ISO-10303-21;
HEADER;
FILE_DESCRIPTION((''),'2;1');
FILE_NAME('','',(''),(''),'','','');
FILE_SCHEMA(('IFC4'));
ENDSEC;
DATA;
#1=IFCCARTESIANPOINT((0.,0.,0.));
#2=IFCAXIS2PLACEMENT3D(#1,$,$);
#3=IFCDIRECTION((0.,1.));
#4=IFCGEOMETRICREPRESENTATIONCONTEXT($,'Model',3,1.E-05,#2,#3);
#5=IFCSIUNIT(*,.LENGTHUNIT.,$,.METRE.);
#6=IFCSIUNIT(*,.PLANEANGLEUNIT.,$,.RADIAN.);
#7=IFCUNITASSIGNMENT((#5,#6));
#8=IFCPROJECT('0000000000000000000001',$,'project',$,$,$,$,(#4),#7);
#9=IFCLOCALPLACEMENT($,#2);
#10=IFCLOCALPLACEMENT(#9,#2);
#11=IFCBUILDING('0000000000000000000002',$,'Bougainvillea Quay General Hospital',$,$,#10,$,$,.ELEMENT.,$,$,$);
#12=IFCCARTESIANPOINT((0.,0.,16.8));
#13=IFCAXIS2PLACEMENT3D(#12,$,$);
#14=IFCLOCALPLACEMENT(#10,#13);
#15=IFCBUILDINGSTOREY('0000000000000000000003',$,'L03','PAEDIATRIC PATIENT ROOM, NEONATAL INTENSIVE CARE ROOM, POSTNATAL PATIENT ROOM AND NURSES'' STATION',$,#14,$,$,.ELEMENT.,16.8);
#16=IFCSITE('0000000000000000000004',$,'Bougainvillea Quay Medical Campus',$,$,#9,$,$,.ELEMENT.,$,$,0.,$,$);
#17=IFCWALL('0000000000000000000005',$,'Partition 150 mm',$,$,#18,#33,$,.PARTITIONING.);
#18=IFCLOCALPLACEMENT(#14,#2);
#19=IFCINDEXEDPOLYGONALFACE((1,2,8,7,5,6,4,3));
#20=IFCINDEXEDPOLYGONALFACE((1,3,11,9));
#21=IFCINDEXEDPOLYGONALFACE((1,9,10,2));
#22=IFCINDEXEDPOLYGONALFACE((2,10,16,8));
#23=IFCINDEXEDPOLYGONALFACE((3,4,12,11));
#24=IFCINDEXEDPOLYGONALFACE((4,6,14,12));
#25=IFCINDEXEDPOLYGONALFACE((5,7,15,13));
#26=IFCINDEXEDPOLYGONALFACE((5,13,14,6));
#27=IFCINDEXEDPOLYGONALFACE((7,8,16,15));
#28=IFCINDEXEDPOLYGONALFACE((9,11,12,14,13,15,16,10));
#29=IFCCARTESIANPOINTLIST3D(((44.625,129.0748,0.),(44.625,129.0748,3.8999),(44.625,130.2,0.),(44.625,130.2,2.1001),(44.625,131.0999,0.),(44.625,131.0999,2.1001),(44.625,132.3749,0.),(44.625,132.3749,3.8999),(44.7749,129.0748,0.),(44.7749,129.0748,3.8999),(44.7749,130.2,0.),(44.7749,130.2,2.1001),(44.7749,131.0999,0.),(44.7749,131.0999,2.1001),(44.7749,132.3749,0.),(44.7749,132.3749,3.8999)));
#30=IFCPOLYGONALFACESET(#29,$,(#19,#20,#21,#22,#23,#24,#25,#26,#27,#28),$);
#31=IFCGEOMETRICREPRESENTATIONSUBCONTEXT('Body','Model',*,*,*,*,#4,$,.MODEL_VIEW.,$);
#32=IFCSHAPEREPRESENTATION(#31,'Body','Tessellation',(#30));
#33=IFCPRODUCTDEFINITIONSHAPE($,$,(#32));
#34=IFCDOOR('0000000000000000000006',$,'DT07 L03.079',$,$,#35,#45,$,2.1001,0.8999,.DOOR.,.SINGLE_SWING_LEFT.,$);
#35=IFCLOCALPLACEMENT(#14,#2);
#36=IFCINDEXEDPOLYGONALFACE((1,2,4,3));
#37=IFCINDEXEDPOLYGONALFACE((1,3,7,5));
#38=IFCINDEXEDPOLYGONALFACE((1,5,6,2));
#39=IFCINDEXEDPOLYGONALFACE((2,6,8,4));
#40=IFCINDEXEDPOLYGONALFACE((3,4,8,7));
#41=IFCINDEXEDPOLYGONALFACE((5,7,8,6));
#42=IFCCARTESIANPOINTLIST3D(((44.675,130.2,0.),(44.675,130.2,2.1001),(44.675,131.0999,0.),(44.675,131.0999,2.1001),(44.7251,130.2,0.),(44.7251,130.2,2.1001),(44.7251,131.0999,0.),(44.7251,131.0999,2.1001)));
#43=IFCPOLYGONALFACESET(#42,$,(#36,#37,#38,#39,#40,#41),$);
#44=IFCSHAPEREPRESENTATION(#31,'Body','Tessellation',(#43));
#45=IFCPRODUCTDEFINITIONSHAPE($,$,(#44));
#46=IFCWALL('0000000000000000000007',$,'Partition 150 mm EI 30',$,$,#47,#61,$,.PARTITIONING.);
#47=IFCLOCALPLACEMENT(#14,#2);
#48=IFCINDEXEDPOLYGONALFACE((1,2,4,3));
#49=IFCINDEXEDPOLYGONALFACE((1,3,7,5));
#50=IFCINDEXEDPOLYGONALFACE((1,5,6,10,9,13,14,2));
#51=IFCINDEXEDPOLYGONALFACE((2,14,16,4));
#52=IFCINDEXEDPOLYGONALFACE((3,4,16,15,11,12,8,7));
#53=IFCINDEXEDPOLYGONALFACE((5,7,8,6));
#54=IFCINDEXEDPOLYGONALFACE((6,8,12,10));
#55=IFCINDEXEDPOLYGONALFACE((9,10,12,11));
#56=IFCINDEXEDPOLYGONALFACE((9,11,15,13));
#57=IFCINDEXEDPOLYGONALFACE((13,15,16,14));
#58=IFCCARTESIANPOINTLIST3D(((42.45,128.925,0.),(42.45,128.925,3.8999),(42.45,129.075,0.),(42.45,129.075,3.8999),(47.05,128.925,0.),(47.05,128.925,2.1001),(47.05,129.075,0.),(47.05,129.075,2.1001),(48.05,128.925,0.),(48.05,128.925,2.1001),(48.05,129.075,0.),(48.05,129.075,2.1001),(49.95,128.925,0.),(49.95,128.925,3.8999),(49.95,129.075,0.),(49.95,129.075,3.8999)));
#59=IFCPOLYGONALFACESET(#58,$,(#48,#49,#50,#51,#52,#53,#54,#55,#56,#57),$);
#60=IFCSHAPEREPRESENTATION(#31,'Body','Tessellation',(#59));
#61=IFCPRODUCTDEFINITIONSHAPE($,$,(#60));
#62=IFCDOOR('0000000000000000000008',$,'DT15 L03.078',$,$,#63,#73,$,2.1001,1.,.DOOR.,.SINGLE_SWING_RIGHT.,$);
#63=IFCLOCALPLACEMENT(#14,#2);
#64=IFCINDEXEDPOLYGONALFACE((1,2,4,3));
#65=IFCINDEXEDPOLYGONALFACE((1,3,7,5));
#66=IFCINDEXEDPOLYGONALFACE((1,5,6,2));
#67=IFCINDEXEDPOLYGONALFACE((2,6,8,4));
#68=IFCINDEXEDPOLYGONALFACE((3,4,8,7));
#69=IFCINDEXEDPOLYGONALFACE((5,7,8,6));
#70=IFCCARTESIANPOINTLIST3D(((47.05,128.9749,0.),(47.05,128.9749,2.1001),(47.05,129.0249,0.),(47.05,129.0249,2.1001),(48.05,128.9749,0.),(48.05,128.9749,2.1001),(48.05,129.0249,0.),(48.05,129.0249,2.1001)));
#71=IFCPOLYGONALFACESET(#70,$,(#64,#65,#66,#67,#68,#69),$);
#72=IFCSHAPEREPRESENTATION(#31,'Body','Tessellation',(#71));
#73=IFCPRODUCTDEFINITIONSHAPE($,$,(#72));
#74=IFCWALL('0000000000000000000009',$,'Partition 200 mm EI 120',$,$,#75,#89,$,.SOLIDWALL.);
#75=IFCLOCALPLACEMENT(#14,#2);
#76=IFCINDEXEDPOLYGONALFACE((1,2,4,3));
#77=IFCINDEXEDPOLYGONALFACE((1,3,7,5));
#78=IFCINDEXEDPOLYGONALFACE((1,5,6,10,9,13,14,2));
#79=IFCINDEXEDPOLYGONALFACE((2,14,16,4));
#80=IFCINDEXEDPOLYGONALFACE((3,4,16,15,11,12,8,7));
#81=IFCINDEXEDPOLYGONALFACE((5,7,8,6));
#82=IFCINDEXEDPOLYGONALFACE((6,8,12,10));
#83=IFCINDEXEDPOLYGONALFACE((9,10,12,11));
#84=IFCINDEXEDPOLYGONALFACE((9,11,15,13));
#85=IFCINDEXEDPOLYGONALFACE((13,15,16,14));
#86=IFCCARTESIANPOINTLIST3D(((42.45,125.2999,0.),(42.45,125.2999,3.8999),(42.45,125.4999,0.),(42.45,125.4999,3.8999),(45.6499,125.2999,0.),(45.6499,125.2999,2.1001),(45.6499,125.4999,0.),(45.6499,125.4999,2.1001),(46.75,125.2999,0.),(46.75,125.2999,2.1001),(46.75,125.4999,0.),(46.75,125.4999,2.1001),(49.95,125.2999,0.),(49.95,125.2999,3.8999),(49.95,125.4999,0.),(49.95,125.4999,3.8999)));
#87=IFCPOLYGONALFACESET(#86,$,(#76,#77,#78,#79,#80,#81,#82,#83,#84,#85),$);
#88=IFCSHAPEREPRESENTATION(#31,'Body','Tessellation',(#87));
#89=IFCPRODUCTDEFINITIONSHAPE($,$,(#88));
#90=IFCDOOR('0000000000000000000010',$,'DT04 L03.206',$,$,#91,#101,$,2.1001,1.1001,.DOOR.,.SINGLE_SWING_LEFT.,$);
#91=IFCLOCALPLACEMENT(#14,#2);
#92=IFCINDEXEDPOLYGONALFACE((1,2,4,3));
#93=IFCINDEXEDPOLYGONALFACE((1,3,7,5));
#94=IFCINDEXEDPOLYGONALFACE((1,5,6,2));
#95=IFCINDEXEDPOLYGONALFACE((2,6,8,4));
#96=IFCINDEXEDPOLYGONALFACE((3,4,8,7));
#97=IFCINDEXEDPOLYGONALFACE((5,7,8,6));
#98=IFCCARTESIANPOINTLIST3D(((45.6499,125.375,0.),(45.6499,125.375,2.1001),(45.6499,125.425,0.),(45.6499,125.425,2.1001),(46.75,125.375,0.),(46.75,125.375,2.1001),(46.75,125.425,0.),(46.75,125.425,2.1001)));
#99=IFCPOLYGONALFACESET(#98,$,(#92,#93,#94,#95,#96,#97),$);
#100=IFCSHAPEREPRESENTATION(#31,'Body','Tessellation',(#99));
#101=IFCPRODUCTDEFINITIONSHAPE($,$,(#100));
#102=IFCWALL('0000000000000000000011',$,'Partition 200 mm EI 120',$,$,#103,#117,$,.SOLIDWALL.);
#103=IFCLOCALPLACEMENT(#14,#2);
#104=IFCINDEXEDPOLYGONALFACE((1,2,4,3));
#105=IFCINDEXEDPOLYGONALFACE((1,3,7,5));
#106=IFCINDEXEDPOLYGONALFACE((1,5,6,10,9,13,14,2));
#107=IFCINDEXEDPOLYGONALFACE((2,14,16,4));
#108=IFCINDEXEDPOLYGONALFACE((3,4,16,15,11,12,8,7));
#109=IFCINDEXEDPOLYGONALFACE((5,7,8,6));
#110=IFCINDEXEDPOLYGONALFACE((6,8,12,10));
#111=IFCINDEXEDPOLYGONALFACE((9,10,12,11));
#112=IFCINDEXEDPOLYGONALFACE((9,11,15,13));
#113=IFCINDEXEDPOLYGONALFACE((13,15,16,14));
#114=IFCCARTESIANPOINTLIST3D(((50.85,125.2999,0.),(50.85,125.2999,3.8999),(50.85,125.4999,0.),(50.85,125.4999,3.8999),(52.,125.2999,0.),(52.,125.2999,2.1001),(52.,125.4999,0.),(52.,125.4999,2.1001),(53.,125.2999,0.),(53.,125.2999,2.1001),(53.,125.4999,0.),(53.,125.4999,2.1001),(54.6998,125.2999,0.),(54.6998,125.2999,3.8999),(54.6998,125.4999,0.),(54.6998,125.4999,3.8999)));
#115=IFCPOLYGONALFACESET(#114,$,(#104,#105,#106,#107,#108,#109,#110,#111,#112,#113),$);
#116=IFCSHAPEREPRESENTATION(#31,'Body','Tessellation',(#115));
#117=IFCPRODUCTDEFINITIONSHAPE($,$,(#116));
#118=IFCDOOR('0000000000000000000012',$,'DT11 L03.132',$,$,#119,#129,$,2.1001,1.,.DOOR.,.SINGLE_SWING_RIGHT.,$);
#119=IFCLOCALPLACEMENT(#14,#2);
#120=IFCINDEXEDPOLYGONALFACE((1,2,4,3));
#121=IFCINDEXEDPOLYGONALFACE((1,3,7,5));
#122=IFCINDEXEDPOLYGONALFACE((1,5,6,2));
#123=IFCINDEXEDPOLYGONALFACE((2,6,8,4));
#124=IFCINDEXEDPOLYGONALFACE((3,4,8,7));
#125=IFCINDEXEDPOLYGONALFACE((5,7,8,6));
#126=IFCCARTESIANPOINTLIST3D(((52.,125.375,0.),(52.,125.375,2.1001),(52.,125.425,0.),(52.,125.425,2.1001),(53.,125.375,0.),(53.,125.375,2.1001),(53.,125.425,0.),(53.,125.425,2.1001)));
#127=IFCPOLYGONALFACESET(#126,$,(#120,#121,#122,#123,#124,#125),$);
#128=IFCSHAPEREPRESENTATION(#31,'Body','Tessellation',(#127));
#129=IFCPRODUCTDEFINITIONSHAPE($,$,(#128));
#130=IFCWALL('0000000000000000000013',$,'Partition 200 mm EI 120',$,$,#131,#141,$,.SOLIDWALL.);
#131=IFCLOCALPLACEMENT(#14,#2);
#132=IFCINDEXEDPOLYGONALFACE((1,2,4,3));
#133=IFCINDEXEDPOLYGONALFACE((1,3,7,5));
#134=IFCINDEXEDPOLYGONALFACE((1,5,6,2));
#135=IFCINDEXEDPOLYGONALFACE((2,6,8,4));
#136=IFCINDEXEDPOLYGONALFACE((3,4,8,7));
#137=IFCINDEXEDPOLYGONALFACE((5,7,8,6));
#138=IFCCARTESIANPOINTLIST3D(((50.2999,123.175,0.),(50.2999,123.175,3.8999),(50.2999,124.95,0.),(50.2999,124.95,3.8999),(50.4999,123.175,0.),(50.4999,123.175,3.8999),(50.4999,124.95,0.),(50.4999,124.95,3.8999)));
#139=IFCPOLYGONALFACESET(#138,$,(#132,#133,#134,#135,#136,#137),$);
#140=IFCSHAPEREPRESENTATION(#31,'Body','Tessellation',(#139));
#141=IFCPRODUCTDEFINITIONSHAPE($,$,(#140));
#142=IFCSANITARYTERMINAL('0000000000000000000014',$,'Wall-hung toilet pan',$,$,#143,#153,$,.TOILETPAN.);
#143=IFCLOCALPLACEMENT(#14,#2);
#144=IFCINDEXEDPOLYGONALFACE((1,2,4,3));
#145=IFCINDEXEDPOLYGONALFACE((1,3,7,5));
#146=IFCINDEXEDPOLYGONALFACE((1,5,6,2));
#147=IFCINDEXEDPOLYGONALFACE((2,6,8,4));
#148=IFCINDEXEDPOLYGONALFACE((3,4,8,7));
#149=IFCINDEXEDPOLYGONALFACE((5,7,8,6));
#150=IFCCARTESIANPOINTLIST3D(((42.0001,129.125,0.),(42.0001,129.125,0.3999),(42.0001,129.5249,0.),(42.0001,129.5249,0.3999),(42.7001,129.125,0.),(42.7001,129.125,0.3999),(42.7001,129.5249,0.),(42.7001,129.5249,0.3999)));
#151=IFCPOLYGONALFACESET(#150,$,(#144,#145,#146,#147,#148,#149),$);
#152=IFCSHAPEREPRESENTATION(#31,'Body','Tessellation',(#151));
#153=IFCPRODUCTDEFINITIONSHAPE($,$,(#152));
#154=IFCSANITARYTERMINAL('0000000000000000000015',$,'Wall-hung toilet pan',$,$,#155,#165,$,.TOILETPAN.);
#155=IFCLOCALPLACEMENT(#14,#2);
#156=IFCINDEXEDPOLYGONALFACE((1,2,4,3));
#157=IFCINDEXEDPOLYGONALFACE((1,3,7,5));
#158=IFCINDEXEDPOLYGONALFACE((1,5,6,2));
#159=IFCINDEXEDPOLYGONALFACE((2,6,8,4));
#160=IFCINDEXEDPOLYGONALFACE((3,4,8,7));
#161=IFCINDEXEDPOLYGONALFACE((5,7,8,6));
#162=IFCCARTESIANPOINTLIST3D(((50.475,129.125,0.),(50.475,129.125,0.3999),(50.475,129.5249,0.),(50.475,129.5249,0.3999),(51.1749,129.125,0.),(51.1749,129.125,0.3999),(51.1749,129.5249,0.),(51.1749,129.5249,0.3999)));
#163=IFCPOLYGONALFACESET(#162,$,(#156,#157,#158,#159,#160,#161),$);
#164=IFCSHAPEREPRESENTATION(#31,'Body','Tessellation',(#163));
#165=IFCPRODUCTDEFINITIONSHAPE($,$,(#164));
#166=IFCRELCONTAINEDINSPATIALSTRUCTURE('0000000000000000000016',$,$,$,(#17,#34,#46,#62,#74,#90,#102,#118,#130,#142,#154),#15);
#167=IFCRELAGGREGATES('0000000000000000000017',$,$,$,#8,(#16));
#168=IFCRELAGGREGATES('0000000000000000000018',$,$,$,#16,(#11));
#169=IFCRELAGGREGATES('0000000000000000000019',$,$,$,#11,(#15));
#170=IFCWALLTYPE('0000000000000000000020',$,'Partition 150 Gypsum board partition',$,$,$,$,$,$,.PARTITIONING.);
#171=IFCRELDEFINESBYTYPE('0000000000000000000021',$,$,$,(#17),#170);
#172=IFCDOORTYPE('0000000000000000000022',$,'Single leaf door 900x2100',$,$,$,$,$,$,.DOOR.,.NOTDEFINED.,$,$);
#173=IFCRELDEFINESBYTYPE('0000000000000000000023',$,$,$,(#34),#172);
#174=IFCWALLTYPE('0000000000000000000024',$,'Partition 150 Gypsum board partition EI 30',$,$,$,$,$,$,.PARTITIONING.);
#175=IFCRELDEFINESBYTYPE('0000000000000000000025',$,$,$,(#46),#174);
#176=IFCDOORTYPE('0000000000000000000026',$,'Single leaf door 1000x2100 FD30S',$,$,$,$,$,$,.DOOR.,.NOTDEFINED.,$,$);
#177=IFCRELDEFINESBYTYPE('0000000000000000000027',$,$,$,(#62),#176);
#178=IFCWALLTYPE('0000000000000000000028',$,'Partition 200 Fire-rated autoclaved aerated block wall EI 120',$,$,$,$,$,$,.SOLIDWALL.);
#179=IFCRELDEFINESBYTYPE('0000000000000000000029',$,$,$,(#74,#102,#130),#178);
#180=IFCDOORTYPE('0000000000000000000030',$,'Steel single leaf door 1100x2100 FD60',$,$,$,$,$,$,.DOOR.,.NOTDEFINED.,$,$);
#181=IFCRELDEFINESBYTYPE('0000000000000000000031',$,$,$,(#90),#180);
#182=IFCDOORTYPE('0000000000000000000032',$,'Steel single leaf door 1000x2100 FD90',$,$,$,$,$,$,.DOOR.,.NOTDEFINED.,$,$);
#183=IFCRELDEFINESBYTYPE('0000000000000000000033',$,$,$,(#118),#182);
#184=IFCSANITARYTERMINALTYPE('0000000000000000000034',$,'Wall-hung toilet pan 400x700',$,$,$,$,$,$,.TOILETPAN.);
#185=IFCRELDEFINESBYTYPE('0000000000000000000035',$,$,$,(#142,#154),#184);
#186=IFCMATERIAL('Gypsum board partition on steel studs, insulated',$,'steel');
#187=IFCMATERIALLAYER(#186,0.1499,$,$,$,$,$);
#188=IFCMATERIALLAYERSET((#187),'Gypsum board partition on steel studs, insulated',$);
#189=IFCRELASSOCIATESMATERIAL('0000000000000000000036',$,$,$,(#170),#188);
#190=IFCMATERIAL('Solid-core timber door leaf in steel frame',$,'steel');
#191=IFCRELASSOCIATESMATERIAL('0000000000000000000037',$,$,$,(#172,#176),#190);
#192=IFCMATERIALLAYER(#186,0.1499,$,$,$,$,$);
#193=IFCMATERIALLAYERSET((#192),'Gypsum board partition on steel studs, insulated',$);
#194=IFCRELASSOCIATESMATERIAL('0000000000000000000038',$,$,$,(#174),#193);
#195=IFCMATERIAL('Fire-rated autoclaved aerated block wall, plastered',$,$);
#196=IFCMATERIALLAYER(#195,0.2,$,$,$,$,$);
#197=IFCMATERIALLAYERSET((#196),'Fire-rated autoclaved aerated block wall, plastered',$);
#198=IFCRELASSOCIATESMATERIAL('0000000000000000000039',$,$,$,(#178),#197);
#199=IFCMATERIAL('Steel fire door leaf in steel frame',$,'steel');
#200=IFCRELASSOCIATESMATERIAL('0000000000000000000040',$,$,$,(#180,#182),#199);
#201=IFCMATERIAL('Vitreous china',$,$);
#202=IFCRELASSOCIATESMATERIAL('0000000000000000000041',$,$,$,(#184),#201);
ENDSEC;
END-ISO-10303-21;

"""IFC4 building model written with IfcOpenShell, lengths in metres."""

from ifc_helpers import new_model, si_unit, direction, frame, frame_2d, origin, origin_2d, place, context, subcontext, project, spatial, rectangle, extrude, material, layer, layer_set, type_object, element, fill, save


model = new_model("IFC4")

# Units and contexts
model_context = context("Model", 3, precision=1e-05, world=origin(), true_north=direction((0.0, 1.0)))
body_context = subcontext(model_context, "Body", "Model", "MODEL_VIEW")
ifc_project = project(units=[si_unit("LENGTHUNIT", "METRE"), si_unit("PLANEANGLEUNIT", "RADIAN")], contexts=[model_context])

# Site, building, storey
site_placement = place(None, origin())
site = spatial("IfcSite", under=ifc_project, at=site_placement, Name="Bougainvillea Quay Medical Campus", CompositionType="ELEMENT", RefElevation=0.0)
building_placement = place(site_placement, origin())
building = spatial("IfcBuilding", under=site, at=building_placement, Name="Bougainvillea Quay General Hospital", CompositionType="ELEMENT")
storey_placement = place(building_placement, frame((0.0, 0.0, 16.8)))
storey = spatial("IfcBuildingStorey", under=building, at=storey_placement, Name="L03", Description="PAEDIATRIC PATIENT ROOM, NEONATAL INTENSIVE CARE ROOM, POSTNATAL PATIENT ROOM AND NURSES' STATION", CompositionType="ELEMENT", Elevation=16.8)

# Shared definitions
ifc_material_1 = material(Name="Gypsum board partition on steel studs, insulated", Category="steel")
ifc_layer_1 = layer(ifc_material_1, 0.1499)
ifc_layer_set_1 = layer_set([ifc_layer_1], Name="Gypsum board partition on steel studs, insulated")
wall_type_1 = type_object("IfcWallType", Name="Partition 150 Gypsum board partition", PredefinedType="PARTITIONING", material=ifc_layer_set_1)

# Walls, openings, doors
wall_1_placement = place(storey_placement, frame((44.7, 129.075, 0.0), z_axis=(0.0, 0.0, 1.0), x_axis=(0.0, 1.0, 0.0)))
wall_1 = element("IfcWall", 1, at=wall_1_placement, inside=storey, type_object=wall_type_1, Name="Partition 150 mm", PredefinedType="PARTITIONING", context=body_context, shape_type="SweptSolid", body=[
    extrude(rectangle(XDim=3.3, YDim=0.1499, at=frame_2d((1.6499, 0.0))), origin(), (0.0, 0.0, 1.0), 3.8999),
])
opening_1_placement = place(wall_1_placement, frame((1.125, 0.0, 0.0)))
opening_1 = element("IfcOpeningElement", 2, at=opening_1_placement, cuts=wall_1, PredefinedType="OPENING", context=body_context, shape_type="SweptSolid", body=[
    extrude(rectangle(XDim=0.8999, YDim=2.1001, at=frame_2d((0.45, 1.05))), frame((0.0, 0.085, 0.0), z_axis=(0.0, -1.0, 0.0), x_axis=(1.0, 0.0, 0.0)), (0.0, 0.0, 1.0), 0.1699),
])
ifc_material_2 = material(Name="Solid-core timber door leaf in steel frame", Category="steel")
door_type_1 = type_object("IfcDoorType", Name="Single leaf door 900x2100", OperationType="NOTDEFINED", PredefinedType="DOOR", material=ifc_material_2)
door_1_placement = place(opening_1_placement, origin())
door_1 = element("IfcDoor", 3, at=door_1_placement, inside=storey, type_object=door_type_1, Name="DT07 L03.079", OperationType="SINGLE_SWING_LEFT", OverallHeight=2.1001, OverallWidth=0.8999, PredefinedType="DOOR", context=body_context, shape_type="SweptSolid", body=[
    extrude(rectangle(XDim=0.8999, YDim=2.1001, at=frame_2d((0.45, 1.05))), frame((0.0, 0.0249, 0.0), z_axis=(0.0, -1.0, 0.0), x_axis=(1.0, 0.0, 0.0)), (0.0, 0.0, 1.0), 0.05),
])
fill(opening_1, door_1)
ifc_layer_2 = layer(ifc_material_1, 0.1499)
ifc_layer_set_2 = layer_set([ifc_layer_2], Name="Gypsum board partition on steel studs, insulated")
wall_type_2 = type_object("IfcWallType", Name="Partition 150 Gypsum board partition EI 30", PredefinedType="PARTITIONING", material=ifc_layer_set_2)
wall_2_placement = place(storey_placement, frame((49.95, 129.0, 0.0), z_axis=(0.0, 0.0, 1.0), x_axis=(-1.0, 0.0, 0.0)))
wall_2 = element("IfcWall", 4, at=wall_2_placement, inside=storey, type_object=wall_type_2, Name="Partition 150 mm EI 30", PredefinedType="PARTITIONING", context=body_context, shape_type="SweptSolid", body=[
    extrude(rectangle(XDim=7.5, YDim=0.1499, at=frame_2d((3.75, 0.0))), origin(), (0.0, 0.0, 1.0), 3.8999),
])
opening_2_placement = place(wall_2_placement, frame((1.8999, 0.0, 0.0)))
opening_2 = element("IfcOpeningElement", 5, at=opening_2_placement, cuts=wall_2, PredefinedType="OPENING", context=body_context, shape_type="SweptSolid", body=[
    extrude(rectangle(XDim=1.0, YDim=2.1001, at=frame_2d((0.5, 1.05))), frame((0.0, 0.085, 0.0), z_axis=(0.0, -1.0, 0.0), x_axis=(1.0, 0.0, 0.0)), (0.0, 0.0, 1.0), 0.1699),
])
door_type_2 = type_object("IfcDoorType", Name="Single leaf door 1000x2100 FD30S", OperationType="NOTDEFINED", PredefinedType="DOOR", material=ifc_material_2)
door_2_placement = place(opening_2_placement, frame((1.0, 0.0, 0.0), z_axis=(0.0, 0.0, 1.0), x_axis=(-1.0, 0.0, 0.0)))
door_2 = element("IfcDoor", 6, at=door_2_placement, inside=storey, type_object=door_type_2, Name="DT15 L03.078", OperationType="SINGLE_SWING_RIGHT", OverallHeight=2.1001, OverallWidth=1.0, PredefinedType="DOOR", context=body_context, shape_type="SweptSolid", body=[
    extrude(rectangle(XDim=1.0, YDim=2.1001, at=frame_2d((0.5, 1.05))), frame((0.0, 0.0249, 0.0), z_axis=(0.0, -1.0, 0.0), x_axis=(1.0, 0.0, 0.0)), (0.0, 0.0, 1.0), 0.05),
])
fill(opening_2, door_2)
ifc_material_3 = material(Name="Fire-rated autoclaved aerated block wall, plastered")
ifc_layer_3 = layer(ifc_material_3, 0.2)
ifc_layer_set_3 = layer_set([ifc_layer_3], Name="Fire-rated autoclaved aerated block wall, plastered")
wall_type_3 = type_object("IfcWallType", Name="Partition 200 Fire-rated autoclaved aerated block wall EI 120", PredefinedType="SOLIDWALL", material=ifc_layer_set_3)
wall_3_placement = place(storey_placement, frame((42.45, 125.3999, 0.0), z_axis=(0.0, 0.0, 1.0), x_axis=(1.0, 0.0, 0.0)))
wall_3 = element("IfcWall", 7, at=wall_3_placement, inside=storey, type_object=wall_type_3, Name="Partition 200 mm EI 120", PredefinedType="SOLIDWALL", context=body_context, shape_type="SweptSolid", body=[
    extrude(rectangle(XDim=7.5, YDim=0.2, at=frame_2d((3.75, 0.0))), origin(), (0.0, 0.0, 1.0), 3.8999),
])
opening_3_placement = place(wall_3_placement, frame((3.2, 0.0, 0.0)))
opening_3 = element("IfcOpeningElement", 8, at=opening_3_placement, cuts=wall_3, PredefinedType="OPENING", context=body_context, shape_type="SweptSolid", body=[
    extrude(rectangle(XDim=1.1001, YDim=2.1001, at=frame_2d((0.55, 1.05))), frame((0.0, 0.1099, 0.0), z_axis=(0.0, -1.0, 0.0), x_axis=(1.0, 0.0, 0.0)), (0.0, 0.0, 1.0), 0.22),
])
ifc_material_4 = material(Name="Steel fire door leaf in steel frame", Category="steel")
door_type_3 = type_object("IfcDoorType", Name="Steel single leaf door 1100x2100 FD60", OperationType="NOTDEFINED", PredefinedType="DOOR", material=ifc_material_4)
door_3_placement = place(opening_3_placement, frame((1.1001, 0.0, 0.0), z_axis=(0.0, 0.0, 1.0), x_axis=(-1.0, 0.0, 0.0)))
door_3 = element("IfcDoor", 9, at=door_3_placement, inside=storey, type_object=door_type_3, Name="DT04 L03.206", OperationType="SINGLE_SWING_LEFT", OverallHeight=2.1001, OverallWidth=1.1001, PredefinedType="DOOR", context=body_context, shape_type="SweptSolid", body=[
    extrude(rectangle(XDim=1.1001, YDim=2.1001, at=frame_2d((0.55, 1.05))), frame((0.0, 0.0249, 0.0), z_axis=(0.0, -1.0, 0.0), x_axis=(1.0, 0.0, 0.0)), (0.0, 0.0, 1.0), 0.05),
])
fill(opening_3, door_3)
wall_4_placement = place(storey_placement, frame((50.8501, 125.3999, 0.0), z_axis=(0.0, 0.0, 1.0), x_axis=(1.0, 0.0, 0.0)))
wall_4 = element("IfcWall", 10, at=wall_4_placement, inside=storey, type_object=wall_type_3, Name="Partition 200 mm EI 120", PredefinedType="SOLIDWALL", context=body_context, shape_type="SweptSolid", body=[
    extrude(rectangle(XDim=3.8499, YDim=0.2, at=frame_2d((1.9248, 0.0))), origin(), (0.0, 0.0, 1.0), 3.8999),
])
opening_4_placement = place(wall_4_placement, frame((1.1499, 0.0, 0.0)))
opening_4 = element("IfcOpeningElement", 11, at=opening_4_placement, cuts=wall_4, PredefinedType="OPENING", context=body_context, shape_type="SweptSolid", body=[
    extrude(rectangle(XDim=1.0, YDim=2.1001, at=frame_2d((0.5, 1.05))), frame((0.0, 0.1099, 0.0), z_axis=(0.0, -1.0, 0.0), x_axis=(1.0, 0.0, 0.0)), (0.0, 0.0, 1.0), 0.22),
])
door_type_4 = type_object("IfcDoorType", Name="Steel single leaf door 1000x2100 FD90", OperationType="NOTDEFINED", PredefinedType="DOOR", material=ifc_material_4)
door_4_placement = place(opening_4_placement, frame((1.0, 0.0, 0.0), z_axis=(0.0, 0.0, 1.0), x_axis=(-1.0, 0.0, 0.0)))
door_4 = element("IfcDoor", 12, at=door_4_placement, inside=storey, type_object=door_type_4, Name="DT11 L03.132", OperationType="SINGLE_SWING_RIGHT", OverallHeight=2.1001, OverallWidth=1.0, PredefinedType="DOOR", context=body_context, shape_type="SweptSolid", body=[
    extrude(rectangle(XDim=1.0, YDim=2.1001, at=frame_2d((0.5, 1.05))), frame((0.0, 0.0249, 0.0), z_axis=(0.0, -1.0, 0.0), x_axis=(1.0, 0.0, 0.0)), (0.0, 0.0, 1.0), 0.05),
])
fill(opening_4, door_4)

# Wall
wall_5_placement = place(storey_placement, frame((50.3999, 123.175, 0.0), z_axis=(0.0, 0.0, 1.0), x_axis=(0.0, 1.0, 0.0)))
element("IfcWall", 13, at=wall_5_placement, inside=storey, type_object=wall_type_3, Name="Partition 200 mm EI 120", PredefinedType="SOLIDWALL", context=body_context, shape_type="SweptSolid", body=[
    extrude(rectangle(XDim=1.7749, YDim=0.2, at=frame_2d((0.8875, 0.0))), origin(), (0.0, 0.0, 1.0), 3.8999),
])

# Sanitary terminals
ifc_material_5 = material(Name="Vitreous china")
sanitary_terminal_type_1 = type_object("IfcSanitaryTerminalType", Name="Wall-hung toilet pan 400x700", PredefinedType="TOILETPAN", material=ifc_material_5)
for number, where, z_axis, x_axis, name in (
    (14, (42.3501, 129.325, 0.0), (0.0, 0.0, 1.0), (0.0, 1.0, 0.0), "Wall-hung toilet pan"),
    (15, (50.825, 129.325, 0.0), (0.0, 0.0, 1.0), (0.0, 1.0, 0.0), "Wall-hung toilet pan"),
):
    element("IfcSanitaryTerminal", number, at=place(storey_placement, frame(where, z_axis=z_axis, x_axis=x_axis)), inside=storey, type_object=sanitary_terminal_type_1, Name=name, PredefinedType="TOILETPAN", context=body_context, shape_type="SweptSolid", body=[
        extrude(rectangle(XDim=0.3999, YDim=0.7, at=origin_2d()), origin(), (0.0, 0.0, 1.0), 0.3999),
    ])

save(model, "model.ifc")
